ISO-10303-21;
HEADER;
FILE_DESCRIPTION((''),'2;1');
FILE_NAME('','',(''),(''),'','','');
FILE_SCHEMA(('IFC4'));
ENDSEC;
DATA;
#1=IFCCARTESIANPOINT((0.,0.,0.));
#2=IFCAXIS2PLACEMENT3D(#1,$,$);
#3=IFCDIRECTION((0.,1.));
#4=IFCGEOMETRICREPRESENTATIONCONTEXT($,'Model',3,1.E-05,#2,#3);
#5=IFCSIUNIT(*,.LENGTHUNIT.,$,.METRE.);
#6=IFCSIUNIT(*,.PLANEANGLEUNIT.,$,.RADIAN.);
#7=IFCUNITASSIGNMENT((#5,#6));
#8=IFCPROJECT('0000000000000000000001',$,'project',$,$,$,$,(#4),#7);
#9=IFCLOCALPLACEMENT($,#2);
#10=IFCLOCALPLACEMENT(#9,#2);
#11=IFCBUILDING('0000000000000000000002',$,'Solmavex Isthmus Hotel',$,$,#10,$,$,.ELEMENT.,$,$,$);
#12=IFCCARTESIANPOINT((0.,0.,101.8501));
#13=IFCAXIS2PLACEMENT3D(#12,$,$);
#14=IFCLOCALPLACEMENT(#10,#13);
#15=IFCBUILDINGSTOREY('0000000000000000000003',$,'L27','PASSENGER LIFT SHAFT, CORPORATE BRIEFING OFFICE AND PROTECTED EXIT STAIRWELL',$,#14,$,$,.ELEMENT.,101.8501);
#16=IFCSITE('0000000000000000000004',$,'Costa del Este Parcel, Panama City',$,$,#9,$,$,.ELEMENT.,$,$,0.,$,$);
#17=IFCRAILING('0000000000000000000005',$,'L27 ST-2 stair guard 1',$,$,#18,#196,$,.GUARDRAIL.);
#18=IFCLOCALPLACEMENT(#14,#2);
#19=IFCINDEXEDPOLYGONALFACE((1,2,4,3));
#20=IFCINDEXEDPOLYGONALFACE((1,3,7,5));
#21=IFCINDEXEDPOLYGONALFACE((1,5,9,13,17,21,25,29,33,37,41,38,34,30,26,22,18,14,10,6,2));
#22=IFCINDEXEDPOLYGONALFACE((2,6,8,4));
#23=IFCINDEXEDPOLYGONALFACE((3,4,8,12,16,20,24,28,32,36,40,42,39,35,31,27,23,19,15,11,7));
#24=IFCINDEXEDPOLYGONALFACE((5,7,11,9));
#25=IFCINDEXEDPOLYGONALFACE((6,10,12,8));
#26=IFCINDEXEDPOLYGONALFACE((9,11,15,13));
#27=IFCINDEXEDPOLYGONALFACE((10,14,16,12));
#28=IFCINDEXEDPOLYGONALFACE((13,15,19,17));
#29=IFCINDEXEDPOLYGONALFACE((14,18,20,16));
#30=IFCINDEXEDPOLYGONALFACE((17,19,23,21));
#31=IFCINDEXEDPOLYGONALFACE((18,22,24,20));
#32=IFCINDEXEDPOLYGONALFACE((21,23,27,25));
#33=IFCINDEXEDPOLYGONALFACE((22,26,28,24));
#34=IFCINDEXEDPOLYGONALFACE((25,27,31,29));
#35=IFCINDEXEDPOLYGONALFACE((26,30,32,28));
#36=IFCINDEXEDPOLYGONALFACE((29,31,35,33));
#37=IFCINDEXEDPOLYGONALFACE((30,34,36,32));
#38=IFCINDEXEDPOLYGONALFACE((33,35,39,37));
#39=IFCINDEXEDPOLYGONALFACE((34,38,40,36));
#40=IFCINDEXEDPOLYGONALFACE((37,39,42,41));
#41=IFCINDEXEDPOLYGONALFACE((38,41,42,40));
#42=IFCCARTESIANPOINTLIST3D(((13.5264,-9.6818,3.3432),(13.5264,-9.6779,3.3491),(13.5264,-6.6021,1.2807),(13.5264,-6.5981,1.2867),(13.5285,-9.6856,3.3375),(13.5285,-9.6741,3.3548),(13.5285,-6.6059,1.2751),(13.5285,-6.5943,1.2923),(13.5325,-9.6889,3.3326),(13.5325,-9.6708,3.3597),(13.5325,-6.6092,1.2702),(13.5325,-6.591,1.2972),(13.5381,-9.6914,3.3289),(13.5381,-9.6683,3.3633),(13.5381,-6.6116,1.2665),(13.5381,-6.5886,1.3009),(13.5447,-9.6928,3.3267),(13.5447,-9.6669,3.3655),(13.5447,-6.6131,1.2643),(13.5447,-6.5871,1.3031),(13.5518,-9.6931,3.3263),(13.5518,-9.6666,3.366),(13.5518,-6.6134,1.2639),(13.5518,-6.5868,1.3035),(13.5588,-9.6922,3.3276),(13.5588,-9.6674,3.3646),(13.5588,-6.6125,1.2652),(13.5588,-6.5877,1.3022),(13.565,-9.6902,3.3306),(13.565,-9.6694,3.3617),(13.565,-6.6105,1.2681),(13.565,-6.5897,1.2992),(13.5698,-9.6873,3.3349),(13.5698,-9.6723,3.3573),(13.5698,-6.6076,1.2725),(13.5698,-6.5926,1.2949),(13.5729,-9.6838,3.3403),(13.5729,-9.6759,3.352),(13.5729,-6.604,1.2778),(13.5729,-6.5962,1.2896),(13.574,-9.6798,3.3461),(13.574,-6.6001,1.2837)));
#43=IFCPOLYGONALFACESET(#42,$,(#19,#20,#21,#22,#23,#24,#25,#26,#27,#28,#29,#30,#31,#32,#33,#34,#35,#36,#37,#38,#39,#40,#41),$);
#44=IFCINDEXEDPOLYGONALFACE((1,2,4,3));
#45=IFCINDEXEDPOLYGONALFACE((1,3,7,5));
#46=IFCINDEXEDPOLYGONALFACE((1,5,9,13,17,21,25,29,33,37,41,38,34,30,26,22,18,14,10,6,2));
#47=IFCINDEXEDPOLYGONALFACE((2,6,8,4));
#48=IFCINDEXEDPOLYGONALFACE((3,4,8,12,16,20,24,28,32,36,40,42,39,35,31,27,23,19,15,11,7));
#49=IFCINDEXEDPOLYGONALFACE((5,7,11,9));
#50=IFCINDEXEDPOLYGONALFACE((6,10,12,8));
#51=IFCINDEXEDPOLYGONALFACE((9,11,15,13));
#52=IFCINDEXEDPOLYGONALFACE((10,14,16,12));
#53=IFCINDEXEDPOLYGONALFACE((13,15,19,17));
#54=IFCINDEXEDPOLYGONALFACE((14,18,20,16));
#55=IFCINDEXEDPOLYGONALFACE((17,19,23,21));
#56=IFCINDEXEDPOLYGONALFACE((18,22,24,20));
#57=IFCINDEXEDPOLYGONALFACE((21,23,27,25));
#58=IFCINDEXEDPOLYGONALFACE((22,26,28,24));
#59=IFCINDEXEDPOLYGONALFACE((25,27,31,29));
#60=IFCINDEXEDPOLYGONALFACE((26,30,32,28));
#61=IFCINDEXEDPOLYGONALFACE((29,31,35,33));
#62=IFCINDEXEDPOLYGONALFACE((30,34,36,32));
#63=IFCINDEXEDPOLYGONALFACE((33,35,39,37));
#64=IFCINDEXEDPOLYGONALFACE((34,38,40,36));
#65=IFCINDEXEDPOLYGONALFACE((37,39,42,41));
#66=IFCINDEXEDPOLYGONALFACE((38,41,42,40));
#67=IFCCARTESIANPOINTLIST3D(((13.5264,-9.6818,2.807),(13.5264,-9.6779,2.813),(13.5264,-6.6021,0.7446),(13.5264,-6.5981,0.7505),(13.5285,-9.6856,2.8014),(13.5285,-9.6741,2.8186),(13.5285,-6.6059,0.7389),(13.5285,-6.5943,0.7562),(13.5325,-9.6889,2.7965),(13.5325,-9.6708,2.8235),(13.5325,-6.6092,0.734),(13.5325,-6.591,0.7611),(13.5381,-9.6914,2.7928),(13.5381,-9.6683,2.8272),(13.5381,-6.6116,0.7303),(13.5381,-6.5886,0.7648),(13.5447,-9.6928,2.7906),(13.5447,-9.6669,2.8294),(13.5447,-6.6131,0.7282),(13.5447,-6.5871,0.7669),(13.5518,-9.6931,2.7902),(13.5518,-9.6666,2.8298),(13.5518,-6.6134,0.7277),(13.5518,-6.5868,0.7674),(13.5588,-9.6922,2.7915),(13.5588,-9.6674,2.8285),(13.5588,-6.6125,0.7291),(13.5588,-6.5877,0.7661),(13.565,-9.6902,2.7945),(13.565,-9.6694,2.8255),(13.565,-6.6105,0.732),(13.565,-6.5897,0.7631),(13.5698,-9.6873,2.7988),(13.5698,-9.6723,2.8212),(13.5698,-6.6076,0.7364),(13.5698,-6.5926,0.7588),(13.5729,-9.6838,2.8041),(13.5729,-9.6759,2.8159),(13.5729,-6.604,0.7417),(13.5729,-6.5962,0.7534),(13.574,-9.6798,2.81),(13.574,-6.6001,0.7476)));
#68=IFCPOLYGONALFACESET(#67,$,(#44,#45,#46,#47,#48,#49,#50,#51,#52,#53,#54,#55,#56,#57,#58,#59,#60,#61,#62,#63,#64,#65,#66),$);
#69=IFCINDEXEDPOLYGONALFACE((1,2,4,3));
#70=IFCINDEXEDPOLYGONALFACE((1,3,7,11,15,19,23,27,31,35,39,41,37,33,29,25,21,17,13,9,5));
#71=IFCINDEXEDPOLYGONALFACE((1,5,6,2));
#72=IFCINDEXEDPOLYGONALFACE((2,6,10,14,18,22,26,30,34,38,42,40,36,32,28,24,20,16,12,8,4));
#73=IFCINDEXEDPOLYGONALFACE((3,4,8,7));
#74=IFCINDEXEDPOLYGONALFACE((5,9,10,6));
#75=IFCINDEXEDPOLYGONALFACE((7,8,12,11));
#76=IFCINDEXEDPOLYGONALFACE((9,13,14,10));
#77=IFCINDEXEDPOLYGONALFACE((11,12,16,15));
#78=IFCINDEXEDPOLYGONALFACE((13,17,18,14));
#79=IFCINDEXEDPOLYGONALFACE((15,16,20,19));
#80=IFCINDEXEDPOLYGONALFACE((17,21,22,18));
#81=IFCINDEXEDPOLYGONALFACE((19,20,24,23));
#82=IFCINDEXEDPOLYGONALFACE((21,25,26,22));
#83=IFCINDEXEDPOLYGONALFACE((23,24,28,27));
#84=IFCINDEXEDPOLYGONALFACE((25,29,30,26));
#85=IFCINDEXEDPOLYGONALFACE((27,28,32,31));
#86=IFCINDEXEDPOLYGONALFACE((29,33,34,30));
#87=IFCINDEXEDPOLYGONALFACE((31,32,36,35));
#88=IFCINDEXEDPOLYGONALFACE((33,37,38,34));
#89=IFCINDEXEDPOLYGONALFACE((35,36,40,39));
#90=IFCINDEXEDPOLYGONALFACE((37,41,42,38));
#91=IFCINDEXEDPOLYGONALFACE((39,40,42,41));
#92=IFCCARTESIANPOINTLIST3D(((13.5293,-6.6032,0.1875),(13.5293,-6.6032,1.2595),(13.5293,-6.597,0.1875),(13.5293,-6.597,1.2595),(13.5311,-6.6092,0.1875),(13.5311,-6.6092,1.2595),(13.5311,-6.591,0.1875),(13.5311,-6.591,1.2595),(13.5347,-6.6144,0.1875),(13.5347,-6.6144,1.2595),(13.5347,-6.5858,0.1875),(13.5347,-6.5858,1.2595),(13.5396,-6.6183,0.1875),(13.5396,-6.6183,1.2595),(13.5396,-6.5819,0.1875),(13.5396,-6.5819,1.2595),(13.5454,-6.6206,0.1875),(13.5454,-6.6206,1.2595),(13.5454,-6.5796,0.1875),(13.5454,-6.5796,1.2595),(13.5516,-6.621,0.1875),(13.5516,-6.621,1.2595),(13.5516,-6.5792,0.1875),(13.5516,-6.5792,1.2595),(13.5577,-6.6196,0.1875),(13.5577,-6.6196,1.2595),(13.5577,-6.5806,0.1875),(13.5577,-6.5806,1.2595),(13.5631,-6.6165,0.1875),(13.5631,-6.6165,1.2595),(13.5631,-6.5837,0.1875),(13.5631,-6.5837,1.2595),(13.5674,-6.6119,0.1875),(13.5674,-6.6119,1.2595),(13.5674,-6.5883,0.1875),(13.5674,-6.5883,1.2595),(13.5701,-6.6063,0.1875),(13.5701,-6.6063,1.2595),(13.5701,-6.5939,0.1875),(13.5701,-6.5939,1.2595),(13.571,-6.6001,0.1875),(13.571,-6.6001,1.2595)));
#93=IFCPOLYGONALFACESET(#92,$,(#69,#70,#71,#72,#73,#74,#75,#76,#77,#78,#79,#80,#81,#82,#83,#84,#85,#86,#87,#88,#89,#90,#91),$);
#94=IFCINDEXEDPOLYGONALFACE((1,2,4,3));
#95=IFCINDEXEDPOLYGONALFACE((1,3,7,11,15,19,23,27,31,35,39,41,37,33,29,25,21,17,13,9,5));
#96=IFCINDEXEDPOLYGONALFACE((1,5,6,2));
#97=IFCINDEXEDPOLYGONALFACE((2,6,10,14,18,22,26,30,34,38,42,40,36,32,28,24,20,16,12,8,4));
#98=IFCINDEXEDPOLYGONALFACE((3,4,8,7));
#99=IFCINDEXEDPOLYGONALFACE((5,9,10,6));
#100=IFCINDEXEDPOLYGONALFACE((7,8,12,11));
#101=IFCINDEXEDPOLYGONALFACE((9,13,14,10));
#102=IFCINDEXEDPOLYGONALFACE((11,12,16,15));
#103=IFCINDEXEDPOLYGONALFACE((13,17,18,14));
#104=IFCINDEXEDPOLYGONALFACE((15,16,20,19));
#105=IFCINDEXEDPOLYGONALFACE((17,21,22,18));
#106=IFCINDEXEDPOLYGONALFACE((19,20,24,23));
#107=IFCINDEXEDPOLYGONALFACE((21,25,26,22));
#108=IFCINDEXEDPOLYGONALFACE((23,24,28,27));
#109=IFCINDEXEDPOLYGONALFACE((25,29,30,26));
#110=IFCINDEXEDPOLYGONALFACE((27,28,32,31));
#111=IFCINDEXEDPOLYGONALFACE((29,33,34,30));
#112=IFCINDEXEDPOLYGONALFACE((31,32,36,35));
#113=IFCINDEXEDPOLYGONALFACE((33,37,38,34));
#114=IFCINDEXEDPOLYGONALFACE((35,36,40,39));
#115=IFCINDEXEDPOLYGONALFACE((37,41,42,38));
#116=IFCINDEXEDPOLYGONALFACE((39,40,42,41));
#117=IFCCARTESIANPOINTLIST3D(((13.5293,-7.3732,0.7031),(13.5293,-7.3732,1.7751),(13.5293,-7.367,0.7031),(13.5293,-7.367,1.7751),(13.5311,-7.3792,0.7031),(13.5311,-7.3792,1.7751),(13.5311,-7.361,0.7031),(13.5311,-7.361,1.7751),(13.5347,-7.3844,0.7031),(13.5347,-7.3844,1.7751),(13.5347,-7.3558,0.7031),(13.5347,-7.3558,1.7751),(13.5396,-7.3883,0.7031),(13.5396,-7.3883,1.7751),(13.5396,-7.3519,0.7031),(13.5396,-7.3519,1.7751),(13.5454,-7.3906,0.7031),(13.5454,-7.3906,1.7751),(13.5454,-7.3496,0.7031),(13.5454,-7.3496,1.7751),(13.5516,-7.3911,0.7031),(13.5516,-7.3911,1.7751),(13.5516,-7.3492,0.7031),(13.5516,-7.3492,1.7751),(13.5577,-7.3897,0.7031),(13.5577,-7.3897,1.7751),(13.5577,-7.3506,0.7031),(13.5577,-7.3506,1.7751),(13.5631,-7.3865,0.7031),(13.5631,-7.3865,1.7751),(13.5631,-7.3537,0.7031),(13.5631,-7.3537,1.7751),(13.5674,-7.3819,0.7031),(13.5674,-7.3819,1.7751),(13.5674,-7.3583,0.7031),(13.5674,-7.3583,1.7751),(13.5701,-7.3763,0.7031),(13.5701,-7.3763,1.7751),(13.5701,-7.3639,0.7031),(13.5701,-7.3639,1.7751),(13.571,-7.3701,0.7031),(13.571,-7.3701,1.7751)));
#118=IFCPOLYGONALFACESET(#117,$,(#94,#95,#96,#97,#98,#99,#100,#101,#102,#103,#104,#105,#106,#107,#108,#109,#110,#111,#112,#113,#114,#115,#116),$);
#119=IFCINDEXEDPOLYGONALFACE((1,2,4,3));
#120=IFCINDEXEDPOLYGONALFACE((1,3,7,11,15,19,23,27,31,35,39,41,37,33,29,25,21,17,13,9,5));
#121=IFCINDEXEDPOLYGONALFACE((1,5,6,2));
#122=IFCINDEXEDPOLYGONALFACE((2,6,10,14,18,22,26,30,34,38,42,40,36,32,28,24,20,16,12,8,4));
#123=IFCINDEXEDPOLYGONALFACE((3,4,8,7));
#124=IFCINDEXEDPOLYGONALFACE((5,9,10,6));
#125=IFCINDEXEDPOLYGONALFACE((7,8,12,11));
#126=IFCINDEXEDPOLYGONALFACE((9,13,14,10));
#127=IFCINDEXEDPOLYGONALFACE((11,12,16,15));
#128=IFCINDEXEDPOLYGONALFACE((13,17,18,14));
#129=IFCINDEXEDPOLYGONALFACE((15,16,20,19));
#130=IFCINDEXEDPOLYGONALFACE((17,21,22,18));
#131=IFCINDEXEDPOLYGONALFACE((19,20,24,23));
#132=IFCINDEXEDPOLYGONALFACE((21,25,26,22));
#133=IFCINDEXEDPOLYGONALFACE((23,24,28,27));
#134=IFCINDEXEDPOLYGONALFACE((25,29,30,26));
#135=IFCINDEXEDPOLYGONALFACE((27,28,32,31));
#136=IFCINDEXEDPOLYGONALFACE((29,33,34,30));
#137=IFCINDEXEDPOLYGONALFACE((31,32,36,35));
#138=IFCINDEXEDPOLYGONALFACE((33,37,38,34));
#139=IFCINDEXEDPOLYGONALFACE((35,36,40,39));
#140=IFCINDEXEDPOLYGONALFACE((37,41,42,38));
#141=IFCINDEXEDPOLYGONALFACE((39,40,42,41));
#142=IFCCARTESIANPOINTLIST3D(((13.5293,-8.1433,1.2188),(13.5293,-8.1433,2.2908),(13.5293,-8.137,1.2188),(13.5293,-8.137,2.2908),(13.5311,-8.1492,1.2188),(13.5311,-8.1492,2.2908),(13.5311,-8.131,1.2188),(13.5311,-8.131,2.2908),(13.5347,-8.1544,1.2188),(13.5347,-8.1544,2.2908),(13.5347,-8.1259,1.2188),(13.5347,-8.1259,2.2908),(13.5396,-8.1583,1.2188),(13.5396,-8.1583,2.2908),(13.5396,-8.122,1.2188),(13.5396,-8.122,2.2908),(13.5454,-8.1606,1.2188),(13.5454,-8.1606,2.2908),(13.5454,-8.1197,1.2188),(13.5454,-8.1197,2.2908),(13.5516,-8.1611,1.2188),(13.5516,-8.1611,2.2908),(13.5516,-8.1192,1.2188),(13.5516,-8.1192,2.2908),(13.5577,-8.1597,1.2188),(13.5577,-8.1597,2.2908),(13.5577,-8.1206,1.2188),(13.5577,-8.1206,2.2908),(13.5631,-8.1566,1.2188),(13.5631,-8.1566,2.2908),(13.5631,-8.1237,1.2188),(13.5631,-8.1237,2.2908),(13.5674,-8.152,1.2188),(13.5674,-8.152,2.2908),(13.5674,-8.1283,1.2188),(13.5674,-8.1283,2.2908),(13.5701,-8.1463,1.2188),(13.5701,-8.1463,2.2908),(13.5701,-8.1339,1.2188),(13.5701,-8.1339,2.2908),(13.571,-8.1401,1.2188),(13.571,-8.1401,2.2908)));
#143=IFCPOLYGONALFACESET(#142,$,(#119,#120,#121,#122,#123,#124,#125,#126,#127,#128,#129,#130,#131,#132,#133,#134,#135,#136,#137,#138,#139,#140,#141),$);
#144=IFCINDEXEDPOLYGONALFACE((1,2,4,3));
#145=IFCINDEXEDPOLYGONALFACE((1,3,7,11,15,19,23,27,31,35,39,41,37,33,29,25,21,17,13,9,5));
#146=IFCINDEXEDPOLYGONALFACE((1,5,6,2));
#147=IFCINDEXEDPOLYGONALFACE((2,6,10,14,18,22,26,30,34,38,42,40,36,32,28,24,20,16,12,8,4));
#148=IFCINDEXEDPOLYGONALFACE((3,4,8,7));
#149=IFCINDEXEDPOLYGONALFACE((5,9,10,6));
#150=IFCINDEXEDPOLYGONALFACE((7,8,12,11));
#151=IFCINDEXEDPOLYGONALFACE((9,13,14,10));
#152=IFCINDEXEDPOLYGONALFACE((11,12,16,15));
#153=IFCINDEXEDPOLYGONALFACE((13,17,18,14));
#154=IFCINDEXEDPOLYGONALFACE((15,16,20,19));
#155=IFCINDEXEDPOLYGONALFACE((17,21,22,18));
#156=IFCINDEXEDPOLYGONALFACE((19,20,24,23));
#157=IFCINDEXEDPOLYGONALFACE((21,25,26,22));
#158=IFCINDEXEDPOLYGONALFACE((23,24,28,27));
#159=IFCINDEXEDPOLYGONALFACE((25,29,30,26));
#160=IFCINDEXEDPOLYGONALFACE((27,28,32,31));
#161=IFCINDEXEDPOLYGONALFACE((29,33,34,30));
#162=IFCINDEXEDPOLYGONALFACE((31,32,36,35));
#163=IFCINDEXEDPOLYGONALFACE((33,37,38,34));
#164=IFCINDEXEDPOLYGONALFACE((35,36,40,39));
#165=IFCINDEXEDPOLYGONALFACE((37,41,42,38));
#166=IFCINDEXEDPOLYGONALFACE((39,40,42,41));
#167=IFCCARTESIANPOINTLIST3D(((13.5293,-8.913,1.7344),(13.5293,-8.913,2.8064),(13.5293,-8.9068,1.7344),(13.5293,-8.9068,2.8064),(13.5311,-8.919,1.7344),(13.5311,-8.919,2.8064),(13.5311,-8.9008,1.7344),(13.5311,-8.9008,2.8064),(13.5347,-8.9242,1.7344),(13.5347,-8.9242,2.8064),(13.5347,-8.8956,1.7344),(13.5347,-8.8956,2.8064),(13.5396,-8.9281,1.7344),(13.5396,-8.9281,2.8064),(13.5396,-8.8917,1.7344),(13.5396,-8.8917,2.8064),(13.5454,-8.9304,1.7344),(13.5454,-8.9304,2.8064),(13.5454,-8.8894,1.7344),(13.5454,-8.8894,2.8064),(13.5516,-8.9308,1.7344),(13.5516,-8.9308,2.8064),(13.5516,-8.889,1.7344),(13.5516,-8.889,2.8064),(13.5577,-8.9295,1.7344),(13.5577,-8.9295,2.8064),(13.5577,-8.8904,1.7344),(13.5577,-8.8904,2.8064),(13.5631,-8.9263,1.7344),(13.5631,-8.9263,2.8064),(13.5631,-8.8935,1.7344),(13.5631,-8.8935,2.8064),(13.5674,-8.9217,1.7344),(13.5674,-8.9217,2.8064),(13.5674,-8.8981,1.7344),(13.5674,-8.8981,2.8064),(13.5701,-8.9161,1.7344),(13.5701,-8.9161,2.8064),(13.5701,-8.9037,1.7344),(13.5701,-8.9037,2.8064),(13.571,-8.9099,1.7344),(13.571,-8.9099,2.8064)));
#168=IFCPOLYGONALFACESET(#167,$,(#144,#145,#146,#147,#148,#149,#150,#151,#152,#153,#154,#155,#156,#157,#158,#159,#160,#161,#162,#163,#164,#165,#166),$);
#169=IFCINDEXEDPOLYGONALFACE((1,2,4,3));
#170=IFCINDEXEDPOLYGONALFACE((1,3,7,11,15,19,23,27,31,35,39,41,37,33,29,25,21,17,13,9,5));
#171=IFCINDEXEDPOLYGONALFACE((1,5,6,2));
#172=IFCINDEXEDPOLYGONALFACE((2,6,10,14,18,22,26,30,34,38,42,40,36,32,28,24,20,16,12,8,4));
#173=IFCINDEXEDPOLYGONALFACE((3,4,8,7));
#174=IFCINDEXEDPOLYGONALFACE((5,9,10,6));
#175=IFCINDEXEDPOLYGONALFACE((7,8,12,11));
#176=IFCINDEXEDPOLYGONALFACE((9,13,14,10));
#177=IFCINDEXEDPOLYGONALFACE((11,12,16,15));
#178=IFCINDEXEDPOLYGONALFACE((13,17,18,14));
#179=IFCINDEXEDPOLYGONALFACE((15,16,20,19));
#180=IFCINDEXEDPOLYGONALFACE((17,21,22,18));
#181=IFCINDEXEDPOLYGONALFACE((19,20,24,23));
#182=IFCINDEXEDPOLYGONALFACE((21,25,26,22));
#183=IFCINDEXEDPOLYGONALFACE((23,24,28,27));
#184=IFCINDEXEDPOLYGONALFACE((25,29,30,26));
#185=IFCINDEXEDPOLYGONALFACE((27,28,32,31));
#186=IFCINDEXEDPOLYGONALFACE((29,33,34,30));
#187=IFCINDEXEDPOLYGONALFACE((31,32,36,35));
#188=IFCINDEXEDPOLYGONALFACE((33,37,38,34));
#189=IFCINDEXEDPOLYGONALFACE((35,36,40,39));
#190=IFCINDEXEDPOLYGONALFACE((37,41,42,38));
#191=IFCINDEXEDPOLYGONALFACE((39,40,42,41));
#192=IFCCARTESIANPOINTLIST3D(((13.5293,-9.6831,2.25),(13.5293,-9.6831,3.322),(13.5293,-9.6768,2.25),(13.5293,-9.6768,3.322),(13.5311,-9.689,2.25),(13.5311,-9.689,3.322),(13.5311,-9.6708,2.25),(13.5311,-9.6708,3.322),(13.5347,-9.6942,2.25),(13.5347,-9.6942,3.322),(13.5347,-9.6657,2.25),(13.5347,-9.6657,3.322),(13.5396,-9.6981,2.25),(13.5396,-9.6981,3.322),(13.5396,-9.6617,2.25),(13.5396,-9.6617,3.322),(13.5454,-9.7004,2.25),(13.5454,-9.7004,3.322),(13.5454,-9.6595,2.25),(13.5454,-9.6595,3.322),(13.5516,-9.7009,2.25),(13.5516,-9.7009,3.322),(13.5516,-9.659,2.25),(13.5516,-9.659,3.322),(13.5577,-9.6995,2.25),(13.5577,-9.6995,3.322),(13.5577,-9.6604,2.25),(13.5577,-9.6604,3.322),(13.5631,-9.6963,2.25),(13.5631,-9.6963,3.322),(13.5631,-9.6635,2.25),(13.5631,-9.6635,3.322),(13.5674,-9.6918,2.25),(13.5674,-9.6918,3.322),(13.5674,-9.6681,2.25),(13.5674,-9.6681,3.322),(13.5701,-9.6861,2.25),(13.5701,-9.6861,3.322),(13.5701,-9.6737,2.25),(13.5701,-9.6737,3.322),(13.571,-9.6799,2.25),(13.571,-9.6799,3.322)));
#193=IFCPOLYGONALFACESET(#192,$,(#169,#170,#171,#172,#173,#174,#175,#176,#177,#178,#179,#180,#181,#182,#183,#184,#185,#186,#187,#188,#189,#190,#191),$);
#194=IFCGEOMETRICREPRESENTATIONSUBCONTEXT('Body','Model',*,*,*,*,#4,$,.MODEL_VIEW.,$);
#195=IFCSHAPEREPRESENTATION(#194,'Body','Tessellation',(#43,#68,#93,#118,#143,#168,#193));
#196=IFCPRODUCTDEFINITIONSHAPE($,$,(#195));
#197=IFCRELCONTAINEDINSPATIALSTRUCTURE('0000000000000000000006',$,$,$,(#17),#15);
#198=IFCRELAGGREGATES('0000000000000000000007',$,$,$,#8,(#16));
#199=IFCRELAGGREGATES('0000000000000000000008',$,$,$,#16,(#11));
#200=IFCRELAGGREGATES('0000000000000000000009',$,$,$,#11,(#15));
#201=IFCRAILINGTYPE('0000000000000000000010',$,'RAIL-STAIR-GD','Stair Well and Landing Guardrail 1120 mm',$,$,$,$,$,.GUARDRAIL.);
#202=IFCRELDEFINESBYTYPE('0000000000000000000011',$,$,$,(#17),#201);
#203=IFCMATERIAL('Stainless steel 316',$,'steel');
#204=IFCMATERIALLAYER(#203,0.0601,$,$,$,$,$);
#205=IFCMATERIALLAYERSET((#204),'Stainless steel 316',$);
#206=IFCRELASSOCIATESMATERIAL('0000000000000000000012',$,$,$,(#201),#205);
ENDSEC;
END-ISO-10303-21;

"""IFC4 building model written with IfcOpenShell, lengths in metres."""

from ifc_helpers import new_model, si_unit, direction, frame, origin, origin_2d, place, context, subcontext, project, spatial, circle, extrude, material, layer, layer_set, type_object, element, save


model = new_model("IFC4")

# Units and contexts
model_context = context("Model", 3, precision=1e-05, world=origin(), true_north=direction((0.0, 1.0)))
body_context = subcontext(model_context, "Body", "Model", "MODEL_VIEW")
ifc_project = project(units=[si_unit("LENGTHUNIT", "METRE"), si_unit("PLANEANGLEUNIT", "RADIAN")], contexts=[model_context])

# Site, building, storey
site_placement = place(None, origin())
site = spatial("IfcSite", under=ifc_project, at=site_placement, Name="Costa del Este Parcel, Panama City", CompositionType="ELEMENT", RefElevation=0.0)
building_placement = place(site_placement, origin())
building = spatial("IfcBuilding", under=site, at=building_placement, Name="Solmavex Isthmus Hotel", CompositionType="ELEMENT")
storey_placement = place(building_placement, frame((0.0, 0.0, 101.8501)))
storey = spatial("IfcBuildingStorey", under=building, at=storey_placement, Name="L27", Description="PASSENGER LIFT SHAFT, CORPORATE BRIEFING OFFICE AND PROTECTED EXIT STAIRWELL", CompositionType="ELEMENT", Elevation=101.8501)

# Shared definitions
ifc_material_1 = material(Name="Stainless steel 316", Category="steel")

# Railing
ifc_layer_1 = layer(ifc_material_1, 0.0601)
ifc_layer_set_1 = layer_set([ifc_layer_1], Name="Stainless steel 316")
railing_type_1 = type_object("IfcRailingType", Name="RAIL-STAIR-GD", Description="Stair Well and Landing Guardrail 1120 mm", PredefinedType="GUARDRAIL", material=ifc_layer_set_1)
railing_1_placement = place(storey_placement, frame((13.55, -6.6001, 0.1875)))
element("IfcRailing", 1, at=railing_1_placement, inside=storey, type_object=railing_type_1, Name="L27 ST-2 stair guard 1", PredefinedType="GUARDRAIL", context=body_context, shape_type="SweptSolid", body=[
    extrude(circle(Radius=0.0239, at=origin_2d()), frame((0.0, 0.0, 1.0962), z_axis=(0.0, -0.830893, 0.556432), x_axis=(1.0, 0.0, 0.0)), (0.0, 0.0, 1.0), 3.7065),
    extrude(circle(Radius=0.0239, at=origin_2d()), frame((0.0, 0.0, 0.5601), z_axis=(0.0, -0.830893, 0.556432), x_axis=(1.0, 0.0, 0.0)), (0.0, 0.0, 1.0), 3.7065),
    extrude(circle(Radius=0.021, at=origin_2d()), origin(), (0.0, 0.0, 1.0), 1.072),
    extrude(circle(Radius=0.021, at=origin_2d()), frame((0.0, -0.77, 0.5156)), (0.0, 0.0, 1.0), 1.072),
    extrude(circle(Radius=0.021, at=origin_2d()), frame((0.0, -1.54, 1.0312)), (0.0, 0.0, 1.0), 1.072),
    extrude(circle(Radius=0.021, at=origin_2d()), frame((0.0, -2.3098, 1.5469)), (0.0, 0.0, 1.0), 1.072),
    extrude(circle(Radius=0.021, at=origin_2d()), frame((0.0, -3.0798, 2.0625)), (0.0, 0.0, 1.0), 1.072),
])

save(model, "model.ifc")
